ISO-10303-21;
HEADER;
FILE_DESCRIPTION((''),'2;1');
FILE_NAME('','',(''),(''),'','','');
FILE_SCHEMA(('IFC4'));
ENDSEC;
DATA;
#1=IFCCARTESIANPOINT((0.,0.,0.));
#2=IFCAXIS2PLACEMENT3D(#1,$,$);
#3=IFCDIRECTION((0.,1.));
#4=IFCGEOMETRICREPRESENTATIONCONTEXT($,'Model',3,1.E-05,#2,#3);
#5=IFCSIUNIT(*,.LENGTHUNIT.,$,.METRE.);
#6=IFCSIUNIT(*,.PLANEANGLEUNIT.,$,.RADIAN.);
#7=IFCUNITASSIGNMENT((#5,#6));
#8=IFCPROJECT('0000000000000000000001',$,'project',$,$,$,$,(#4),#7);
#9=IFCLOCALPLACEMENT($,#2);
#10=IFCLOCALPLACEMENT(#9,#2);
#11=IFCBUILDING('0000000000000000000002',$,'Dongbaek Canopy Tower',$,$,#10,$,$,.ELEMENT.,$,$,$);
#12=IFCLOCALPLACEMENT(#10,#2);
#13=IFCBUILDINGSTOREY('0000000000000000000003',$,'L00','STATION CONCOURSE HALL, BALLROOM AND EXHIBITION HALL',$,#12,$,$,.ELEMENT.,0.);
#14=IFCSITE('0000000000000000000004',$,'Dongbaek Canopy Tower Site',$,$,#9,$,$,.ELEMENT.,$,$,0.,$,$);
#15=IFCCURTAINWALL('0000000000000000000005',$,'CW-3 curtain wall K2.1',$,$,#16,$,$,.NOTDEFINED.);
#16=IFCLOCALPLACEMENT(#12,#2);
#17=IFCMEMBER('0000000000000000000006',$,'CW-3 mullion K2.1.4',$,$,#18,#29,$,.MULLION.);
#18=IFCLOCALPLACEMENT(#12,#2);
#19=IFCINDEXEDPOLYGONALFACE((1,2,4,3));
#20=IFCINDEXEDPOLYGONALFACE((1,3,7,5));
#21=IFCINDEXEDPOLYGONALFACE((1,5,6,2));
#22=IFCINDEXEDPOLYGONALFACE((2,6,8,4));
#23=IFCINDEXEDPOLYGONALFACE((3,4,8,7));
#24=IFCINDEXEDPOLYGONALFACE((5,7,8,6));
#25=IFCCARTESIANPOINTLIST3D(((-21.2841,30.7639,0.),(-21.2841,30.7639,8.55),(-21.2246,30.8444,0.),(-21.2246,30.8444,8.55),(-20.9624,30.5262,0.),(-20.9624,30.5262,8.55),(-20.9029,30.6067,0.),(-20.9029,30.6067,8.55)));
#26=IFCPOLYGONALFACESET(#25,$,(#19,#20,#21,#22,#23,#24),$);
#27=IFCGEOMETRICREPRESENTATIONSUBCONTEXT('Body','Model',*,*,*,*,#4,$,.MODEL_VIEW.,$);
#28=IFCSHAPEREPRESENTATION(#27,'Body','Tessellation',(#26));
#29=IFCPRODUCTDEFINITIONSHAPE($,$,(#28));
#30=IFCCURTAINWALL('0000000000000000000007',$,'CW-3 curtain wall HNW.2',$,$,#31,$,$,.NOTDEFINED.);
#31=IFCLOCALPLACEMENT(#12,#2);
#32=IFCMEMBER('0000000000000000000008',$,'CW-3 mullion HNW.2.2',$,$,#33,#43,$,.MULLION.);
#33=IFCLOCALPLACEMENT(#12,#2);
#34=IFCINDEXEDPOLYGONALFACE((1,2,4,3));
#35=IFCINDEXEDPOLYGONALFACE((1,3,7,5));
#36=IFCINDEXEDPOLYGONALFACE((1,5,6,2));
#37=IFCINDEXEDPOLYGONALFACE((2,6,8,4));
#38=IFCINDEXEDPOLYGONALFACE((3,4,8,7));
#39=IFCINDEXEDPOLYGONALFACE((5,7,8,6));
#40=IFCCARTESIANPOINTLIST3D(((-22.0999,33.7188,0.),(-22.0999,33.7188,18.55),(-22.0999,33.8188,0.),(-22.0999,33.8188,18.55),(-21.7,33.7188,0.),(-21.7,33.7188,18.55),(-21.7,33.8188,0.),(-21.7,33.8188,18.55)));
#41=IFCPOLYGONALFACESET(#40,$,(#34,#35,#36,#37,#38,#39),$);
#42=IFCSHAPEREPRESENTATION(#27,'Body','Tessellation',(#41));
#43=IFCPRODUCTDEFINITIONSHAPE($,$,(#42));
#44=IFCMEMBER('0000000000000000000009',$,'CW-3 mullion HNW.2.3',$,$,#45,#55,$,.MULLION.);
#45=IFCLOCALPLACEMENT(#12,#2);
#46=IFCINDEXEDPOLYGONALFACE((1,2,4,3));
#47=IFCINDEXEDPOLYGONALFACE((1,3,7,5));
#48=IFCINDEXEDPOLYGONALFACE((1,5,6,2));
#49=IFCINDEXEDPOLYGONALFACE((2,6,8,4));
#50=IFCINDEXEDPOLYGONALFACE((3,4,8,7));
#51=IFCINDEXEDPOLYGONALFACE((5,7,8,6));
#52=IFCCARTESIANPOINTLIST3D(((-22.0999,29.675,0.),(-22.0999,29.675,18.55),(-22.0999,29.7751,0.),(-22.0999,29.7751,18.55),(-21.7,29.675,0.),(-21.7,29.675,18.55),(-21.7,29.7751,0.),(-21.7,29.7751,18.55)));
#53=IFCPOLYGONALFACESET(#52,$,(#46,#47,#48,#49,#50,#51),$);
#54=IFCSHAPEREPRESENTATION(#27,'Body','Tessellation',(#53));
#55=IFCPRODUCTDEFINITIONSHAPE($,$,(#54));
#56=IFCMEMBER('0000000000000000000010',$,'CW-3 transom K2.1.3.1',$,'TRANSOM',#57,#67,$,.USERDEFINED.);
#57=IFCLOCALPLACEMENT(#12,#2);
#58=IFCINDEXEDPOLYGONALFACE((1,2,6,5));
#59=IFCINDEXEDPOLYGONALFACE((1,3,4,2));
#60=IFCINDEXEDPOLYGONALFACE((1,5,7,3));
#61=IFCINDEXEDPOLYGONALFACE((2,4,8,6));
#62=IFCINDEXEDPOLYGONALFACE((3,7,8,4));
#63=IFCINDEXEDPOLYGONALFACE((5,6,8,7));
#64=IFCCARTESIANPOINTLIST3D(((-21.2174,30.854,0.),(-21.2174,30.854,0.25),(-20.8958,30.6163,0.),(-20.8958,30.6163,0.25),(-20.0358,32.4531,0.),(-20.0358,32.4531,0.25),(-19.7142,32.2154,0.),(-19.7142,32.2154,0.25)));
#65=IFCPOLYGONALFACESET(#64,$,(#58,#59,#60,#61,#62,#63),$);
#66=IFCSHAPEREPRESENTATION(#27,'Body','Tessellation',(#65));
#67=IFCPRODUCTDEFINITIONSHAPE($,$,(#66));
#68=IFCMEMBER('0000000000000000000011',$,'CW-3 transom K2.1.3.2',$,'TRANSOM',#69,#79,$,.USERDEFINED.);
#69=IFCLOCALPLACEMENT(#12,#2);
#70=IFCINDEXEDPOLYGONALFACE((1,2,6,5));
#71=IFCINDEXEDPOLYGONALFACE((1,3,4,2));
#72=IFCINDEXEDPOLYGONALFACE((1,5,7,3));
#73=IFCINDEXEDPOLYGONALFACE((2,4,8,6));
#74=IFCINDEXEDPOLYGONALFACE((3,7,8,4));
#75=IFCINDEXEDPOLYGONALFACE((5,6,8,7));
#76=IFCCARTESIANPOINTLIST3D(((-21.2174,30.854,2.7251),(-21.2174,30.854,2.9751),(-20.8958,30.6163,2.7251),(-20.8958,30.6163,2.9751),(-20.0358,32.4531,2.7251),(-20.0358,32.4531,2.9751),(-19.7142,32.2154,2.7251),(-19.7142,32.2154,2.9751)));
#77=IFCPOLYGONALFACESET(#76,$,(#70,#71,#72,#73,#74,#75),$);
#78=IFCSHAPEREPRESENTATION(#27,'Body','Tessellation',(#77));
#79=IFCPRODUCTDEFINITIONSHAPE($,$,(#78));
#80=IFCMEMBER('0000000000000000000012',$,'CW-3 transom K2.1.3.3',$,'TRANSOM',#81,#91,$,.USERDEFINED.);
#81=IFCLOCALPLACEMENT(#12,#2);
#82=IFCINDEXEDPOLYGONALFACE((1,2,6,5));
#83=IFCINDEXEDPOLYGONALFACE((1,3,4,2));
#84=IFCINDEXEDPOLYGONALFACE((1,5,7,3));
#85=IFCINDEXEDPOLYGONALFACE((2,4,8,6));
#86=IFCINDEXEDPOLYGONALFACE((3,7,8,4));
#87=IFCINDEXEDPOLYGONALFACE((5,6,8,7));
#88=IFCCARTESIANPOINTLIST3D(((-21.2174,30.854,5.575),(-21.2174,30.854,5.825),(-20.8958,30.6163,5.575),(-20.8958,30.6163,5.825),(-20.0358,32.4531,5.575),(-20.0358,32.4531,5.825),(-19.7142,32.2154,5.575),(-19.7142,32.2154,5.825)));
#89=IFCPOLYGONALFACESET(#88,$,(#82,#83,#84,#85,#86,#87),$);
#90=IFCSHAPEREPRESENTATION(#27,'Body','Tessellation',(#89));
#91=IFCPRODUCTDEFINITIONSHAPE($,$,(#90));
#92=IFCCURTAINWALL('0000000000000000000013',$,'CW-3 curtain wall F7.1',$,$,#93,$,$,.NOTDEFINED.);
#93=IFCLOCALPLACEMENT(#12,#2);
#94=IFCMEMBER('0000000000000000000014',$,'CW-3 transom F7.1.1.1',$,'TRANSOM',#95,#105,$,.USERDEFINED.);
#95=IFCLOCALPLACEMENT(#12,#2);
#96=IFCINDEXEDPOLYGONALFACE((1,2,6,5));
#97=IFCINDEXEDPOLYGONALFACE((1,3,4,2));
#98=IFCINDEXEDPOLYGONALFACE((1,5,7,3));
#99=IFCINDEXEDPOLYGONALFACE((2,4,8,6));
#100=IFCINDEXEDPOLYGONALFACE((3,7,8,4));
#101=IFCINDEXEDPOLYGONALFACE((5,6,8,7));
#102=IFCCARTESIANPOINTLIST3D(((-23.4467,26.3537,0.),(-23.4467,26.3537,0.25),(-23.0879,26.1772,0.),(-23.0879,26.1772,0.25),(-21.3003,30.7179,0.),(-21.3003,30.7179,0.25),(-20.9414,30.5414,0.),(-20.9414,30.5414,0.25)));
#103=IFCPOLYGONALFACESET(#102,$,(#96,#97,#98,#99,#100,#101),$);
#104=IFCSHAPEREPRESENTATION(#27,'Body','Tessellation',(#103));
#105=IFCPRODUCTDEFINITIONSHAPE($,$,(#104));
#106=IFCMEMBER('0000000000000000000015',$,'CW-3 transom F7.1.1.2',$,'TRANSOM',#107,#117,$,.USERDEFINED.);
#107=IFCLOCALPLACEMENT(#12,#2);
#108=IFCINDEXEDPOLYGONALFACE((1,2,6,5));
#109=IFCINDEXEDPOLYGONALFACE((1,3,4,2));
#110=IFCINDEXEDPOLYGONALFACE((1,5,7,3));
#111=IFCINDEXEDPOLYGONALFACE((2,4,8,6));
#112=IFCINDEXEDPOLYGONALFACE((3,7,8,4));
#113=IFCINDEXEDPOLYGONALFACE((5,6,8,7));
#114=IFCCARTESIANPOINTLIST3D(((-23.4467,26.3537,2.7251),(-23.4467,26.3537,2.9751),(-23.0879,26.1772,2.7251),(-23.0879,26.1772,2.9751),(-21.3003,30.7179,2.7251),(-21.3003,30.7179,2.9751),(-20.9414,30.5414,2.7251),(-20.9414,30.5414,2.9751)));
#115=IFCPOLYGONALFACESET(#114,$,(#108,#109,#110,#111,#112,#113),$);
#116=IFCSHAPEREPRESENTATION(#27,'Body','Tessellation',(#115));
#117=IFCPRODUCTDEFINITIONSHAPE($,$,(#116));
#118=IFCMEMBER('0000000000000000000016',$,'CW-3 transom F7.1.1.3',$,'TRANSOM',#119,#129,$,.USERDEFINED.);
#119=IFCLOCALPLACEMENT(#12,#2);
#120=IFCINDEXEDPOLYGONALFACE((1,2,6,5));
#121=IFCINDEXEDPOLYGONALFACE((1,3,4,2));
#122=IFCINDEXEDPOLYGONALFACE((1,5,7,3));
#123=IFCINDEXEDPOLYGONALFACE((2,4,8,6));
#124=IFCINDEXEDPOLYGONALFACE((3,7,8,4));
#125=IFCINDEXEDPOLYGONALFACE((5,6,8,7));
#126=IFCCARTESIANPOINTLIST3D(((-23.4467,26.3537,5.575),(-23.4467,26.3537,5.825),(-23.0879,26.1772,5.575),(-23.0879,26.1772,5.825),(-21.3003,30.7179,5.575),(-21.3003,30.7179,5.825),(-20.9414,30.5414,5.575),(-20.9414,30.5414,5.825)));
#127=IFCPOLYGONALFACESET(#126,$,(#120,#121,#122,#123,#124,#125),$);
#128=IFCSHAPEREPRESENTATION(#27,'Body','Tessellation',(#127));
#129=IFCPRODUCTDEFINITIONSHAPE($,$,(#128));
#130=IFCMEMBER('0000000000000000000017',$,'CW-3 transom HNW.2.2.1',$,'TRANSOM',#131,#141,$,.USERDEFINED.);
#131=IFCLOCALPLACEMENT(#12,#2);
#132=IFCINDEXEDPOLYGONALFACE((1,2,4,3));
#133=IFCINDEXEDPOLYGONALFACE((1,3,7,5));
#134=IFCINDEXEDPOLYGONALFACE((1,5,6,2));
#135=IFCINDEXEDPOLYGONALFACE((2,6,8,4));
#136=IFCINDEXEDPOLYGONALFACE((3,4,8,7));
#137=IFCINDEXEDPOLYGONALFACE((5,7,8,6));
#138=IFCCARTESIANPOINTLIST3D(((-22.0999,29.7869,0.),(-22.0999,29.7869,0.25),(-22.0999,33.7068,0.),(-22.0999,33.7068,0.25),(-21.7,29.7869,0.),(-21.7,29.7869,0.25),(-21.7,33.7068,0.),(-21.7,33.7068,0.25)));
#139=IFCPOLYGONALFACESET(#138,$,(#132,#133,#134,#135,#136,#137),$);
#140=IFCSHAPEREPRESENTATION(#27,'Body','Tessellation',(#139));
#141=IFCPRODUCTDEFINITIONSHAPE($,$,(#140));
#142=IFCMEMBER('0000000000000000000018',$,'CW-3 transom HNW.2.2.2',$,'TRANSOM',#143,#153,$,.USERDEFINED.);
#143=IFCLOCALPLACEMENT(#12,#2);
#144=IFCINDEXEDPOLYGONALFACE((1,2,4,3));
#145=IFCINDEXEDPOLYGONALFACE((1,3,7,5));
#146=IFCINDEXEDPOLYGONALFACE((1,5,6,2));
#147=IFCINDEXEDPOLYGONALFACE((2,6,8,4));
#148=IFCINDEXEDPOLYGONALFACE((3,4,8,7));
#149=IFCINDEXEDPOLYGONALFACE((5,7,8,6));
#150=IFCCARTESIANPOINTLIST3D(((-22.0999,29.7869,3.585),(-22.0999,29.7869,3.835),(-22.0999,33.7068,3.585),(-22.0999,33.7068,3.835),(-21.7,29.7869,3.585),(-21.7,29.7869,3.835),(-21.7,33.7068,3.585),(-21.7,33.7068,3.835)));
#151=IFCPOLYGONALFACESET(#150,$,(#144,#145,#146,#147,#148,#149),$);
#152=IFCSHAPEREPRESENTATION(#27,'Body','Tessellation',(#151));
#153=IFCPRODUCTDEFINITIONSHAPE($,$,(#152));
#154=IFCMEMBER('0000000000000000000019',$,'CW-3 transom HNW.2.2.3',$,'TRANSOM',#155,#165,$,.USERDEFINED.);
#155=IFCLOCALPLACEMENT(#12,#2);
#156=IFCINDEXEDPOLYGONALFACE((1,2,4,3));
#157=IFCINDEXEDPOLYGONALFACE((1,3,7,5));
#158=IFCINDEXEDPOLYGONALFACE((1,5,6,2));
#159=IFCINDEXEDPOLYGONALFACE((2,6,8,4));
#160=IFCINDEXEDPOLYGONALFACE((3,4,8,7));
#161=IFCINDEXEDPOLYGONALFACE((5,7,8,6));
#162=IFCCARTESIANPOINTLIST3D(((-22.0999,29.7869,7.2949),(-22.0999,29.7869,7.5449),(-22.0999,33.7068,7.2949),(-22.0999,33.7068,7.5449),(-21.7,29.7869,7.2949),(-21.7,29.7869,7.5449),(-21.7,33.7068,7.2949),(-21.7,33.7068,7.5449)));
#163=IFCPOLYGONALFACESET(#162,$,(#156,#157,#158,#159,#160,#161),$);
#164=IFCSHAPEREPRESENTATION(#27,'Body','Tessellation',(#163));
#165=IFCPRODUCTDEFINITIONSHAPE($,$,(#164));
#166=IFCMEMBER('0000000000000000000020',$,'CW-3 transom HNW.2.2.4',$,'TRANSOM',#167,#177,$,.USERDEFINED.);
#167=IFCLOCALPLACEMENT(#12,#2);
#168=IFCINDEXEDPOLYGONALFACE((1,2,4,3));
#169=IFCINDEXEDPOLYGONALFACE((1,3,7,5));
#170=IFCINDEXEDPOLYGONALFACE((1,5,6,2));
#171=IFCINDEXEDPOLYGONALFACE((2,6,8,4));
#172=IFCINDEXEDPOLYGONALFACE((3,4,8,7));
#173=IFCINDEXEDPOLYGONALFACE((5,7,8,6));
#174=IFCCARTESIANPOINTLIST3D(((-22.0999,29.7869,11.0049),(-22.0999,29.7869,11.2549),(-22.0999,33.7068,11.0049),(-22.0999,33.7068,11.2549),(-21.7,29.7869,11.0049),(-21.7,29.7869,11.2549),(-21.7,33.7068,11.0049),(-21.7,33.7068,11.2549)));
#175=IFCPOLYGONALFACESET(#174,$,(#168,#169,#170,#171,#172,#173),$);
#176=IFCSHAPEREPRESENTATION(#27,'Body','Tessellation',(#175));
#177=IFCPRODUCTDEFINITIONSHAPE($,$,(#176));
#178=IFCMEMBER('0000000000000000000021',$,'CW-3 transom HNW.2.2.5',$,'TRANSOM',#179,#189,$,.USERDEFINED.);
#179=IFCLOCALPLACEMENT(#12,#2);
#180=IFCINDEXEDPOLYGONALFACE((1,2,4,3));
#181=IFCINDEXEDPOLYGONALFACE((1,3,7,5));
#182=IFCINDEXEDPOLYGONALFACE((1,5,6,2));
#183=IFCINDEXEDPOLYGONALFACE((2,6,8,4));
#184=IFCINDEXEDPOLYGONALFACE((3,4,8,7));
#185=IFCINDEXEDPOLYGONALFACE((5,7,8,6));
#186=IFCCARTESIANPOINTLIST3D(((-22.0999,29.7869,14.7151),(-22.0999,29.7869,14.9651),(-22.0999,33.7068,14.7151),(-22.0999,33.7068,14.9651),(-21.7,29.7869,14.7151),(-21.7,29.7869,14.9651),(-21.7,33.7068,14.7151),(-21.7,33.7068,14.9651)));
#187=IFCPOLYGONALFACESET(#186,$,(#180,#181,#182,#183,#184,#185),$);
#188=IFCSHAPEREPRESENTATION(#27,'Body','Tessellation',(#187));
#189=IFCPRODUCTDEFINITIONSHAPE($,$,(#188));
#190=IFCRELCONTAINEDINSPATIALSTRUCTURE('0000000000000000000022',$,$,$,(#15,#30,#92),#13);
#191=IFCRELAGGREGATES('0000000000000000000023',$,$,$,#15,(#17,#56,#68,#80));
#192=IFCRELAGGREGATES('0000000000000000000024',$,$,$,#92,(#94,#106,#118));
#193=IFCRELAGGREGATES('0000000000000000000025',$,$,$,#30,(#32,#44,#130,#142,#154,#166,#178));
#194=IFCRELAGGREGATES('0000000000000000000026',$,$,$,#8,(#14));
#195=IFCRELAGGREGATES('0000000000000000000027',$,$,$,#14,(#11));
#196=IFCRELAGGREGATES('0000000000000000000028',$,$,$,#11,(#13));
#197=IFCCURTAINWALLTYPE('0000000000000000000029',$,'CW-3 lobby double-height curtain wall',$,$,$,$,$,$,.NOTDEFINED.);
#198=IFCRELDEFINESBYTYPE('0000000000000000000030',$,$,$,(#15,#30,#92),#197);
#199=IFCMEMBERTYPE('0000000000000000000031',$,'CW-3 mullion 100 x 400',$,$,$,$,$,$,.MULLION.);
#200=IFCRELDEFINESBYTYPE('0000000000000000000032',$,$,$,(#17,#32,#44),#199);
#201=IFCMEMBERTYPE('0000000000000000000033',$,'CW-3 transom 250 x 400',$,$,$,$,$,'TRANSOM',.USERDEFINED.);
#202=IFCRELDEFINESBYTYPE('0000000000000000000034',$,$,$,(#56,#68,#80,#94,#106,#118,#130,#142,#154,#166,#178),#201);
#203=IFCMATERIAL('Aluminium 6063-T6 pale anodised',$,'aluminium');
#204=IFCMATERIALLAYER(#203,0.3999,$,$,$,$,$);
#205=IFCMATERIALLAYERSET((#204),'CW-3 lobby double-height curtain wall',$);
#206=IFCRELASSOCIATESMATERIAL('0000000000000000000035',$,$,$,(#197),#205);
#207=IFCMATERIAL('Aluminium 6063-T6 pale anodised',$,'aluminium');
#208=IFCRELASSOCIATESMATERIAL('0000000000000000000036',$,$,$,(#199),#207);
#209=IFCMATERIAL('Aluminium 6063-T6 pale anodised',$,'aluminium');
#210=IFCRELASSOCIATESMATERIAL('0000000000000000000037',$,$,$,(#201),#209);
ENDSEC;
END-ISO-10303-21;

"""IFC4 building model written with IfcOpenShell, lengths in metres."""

from ifc_helpers import new_model, si_unit, direction, frame, origin, origin_2d, place, context, subcontext, project, spatial, rectangle, extrude, material, layer, layer_set, material_profile, profile_set, type_object, element, aggregate, save


model = new_model("IFC4")

# Units and contexts
model_context = context("Model", 3, precision=1e-05, world=origin(), true_north=direction((0.0, 1.0)))
body_context = subcontext(model_context, "Body", "Model", "MODEL_VIEW")
ifc_project = project(units=[si_unit("LENGTHUNIT", "METRE"), si_unit("PLANEANGLEUNIT", "RADIAN")], contexts=[model_context])

# Site, building, storey
site_placement = place(None, origin())
site = spatial("IfcSite", under=ifc_project, at=site_placement, Name="Dongbaek Canopy Tower Site", CompositionType="ELEMENT", RefElevation=0.0)
building_placement = place(site_placement, origin())
building = spatial("IfcBuilding", under=site, at=building_placement, Name="Dongbaek Canopy Tower", CompositionType="ELEMENT")
storey_placement = place(building_placement, origin())
storey = spatial("IfcBuildingStorey", under=building, at=storey_placement, Name="L00", Description="STATION CONCOURSE HALL, BALLROOM AND EXHIBITION HALL", CompositionType="ELEMENT", Elevation=0.0)

# Curtain wall, member
ifc_material_1 = material(Name="Aluminium 6063-T6 pale anodised", Category="aluminium")
ifc_layer_1 = layer(ifc_material_1, 0.3999)
ifc_layer_set_1 = layer_set([ifc_layer_1], Name="CW-3 lobby double-height curtain wall")
curtain_wall_type = type_object("IfcCurtainWallType", Name="CW-3 lobby double-height curtain wall", PredefinedType="NOTDEFINED", material=ifc_layer_set_1)
curtain_wall_1_placement = place(storey_placement, origin())
curtain_wall_1 = element("IfcCurtainWall", 1, at=curtain_wall_1_placement, inside=storey, type_object=curtain_wall_type, Name="CW-3 curtain wall K2.1", PredefinedType="NOTDEFINED")
ifc_material_2 = material(Name="Aluminium 6063-T6 pale anodised", Category="aluminium")
ifc_material_profile_1 = material_profile(ifc_material_2, rectangle(XDim=0.3999, YDim=0.1001, at=origin_2d()), Name="CW-3 mullion 100 x 400")
ifc_profile_set_1 = profile_set([ifc_material_profile_1], Name="Aluminium 6063-T6 pale anodised")
member_type_1 = type_object("IfcMemberType", Name="CW-3 mullion 100 x 400", PredefinedType="MULLION", material=ifc_profile_set_1)
member_1_placement = place(storey_placement, frame((-21.0935, 30.6853, 0.0), z_axis=(0.0, 0.0, 1.0), x_axis=(-0.804278, 0.594253, 0.0)))
member_1 = element("IfcMember", 2, at=member_1_placement, type_object=member_type_1, Name="CW-3 mullion K2.1.4", PredefinedType="MULLION", context=body_context, shape_type="SweptSolid", body=[
    extrude(rectangle(XDim=0.3999, YDim=0.1001, at=origin_2d()), origin(), (0.0, 0.0, 1.0), 8.55),
])

# Curtain wall, members
curtain_wall_2_placement = place(storey_placement, origin())
curtain_wall_2 = element("IfcCurtainWall", 3, at=curtain_wall_2_placement, inside=storey, type_object=curtain_wall_type, Name="CW-3 curtain wall HNW.2", PredefinedType="NOTDEFINED")
member_2_placement = place(storey_placement, frame((-21.8999, 33.7688, 0.0), z_axis=(0.0, 0.0, 1.0), x_axis=(-1.0, 0.0, 0.0)))
member_2 = element("IfcMember", 4, at=member_2_placement, type_object=member_type_1, Name="CW-3 mullion HNW.2.2", PredefinedType="MULLION", context=body_context, shape_type="SweptSolid", body=[
    extrude(rectangle(XDim=0.3999, YDim=0.1001, at=origin_2d()), origin(), (0.0, 0.0, 1.0), 18.55),
])
member_3_placement = place(storey_placement, frame((-21.8999, 29.7251, 0.0), z_axis=(0.0, 0.0, 1.0), x_axis=(-1.0, 0.0, 0.0)))
member_3 = element("IfcMember", 5, at=member_3_placement, type_object=member_type_1, Name="CW-3 mullion HNW.2.3", PredefinedType="MULLION", context=body_context, shape_type="SweptSolid", body=[
    extrude(rectangle(XDim=0.3999, YDim=0.1001, at=origin_2d()), origin(), (0.0, 0.0, 1.0), 18.55),
])

# Members
ifc_material_3 = material(Name="Aluminium 6063-T6 pale anodised", Category="aluminium")
ifc_material_profile_2 = material_profile(ifc_material_3, rectangle(XDim=0.3999, YDim=0.25, at=origin_2d()), Name="CW-3 transom 250 x 400")
ifc_profile_set_2 = profile_set([ifc_material_profile_2], Name="Aluminium 6063-T6 pale anodised")
member_type_2 = type_object("IfcMemberType", Name="CW-3 transom 250 x 400", ElementType="TRANSOM", PredefinedType="USERDEFINED", material=ifc_profile_set_2)
member_4_placement = place(storey_placement, frame((-19.875, 32.3342, 0.125), z_axis=(-0.594287, -0.804253, 0.0), x_axis=(0.804253, -0.594287, 0.0)))
member_4 = element("IfcMember", 6, at=member_4_placement, type_object=member_type_2, Name="CW-3 transom K2.1.3.1", ObjectType="TRANSOM", PredefinedType="USERDEFINED", context=body_context, shape_type="SweptSolid", body=[
    extrude(rectangle(XDim=0.3999, YDim=0.25, at=origin_2d()), origin(), (0.0, 0.0, 1.0), 1.9883),
])
member_5_placement = place(storey_placement, frame((-19.875, 32.3342, 2.8501), z_axis=(-0.594287, -0.804253, 0.0), x_axis=(0.804253, -0.594287, 0.0)))
member_5 = element("IfcMember", 7, at=member_5_placement, type_object=member_type_2, Name="CW-3 transom K2.1.3.2", ObjectType="TRANSOM", PredefinedType="USERDEFINED", context=body_context, shape_type="SweptSolid", body=[
    extrude(rectangle(XDim=0.3999, YDim=0.25, at=origin_2d()), origin(), (0.0, 0.0, 1.0), 1.9883),
])
member_6_placement = place(storey_placement, frame((-19.875, 32.3342, 5.7), z_axis=(-0.594287, -0.804253, 0.0), x_axis=(0.804253, -0.594287, 0.0)))
member_6 = element("IfcMember", 8, at=member_6_placement, type_object=member_type_2, Name="CW-3 transom K2.1.3.3", ObjectType="TRANSOM", PredefinedType="USERDEFINED", context=body_context, shape_type="SweptSolid", body=[
    extrude(rectangle(XDim=0.3999, YDim=0.25, at=origin_2d()), origin(), (0.0, 0.0, 1.0), 1.9883),
])

# Curtain wall, members
curtain_wall_3_placement = place(storey_placement, origin())
curtain_wall_3 = element("IfcCurtainWall", 9, at=curtain_wall_3_placement, inside=storey, type_object=curtain_wall_type, Name="CW-3 curtain wall F7.1", PredefinedType="NOTDEFINED")
member_7_placement = place(storey_placement, frame((-21.1208, 30.6296, 0.125), z_axis=(-0.441341, -0.89734, 0.0), x_axis=(0.89734, -0.441341, 0.0)))
member_7 = element("IfcMember", 10, at=member_7_placement, type_object=member_type_2, Name="CW-3 transom F7.1.1.1", ObjectType="TRANSOM", PredefinedType="USERDEFINED", context=body_context, shape_type="SweptSolid", body=[
    extrude(rectangle(XDim=0.3999, YDim=0.25, at=origin_2d()), origin(), (0.0, 0.0, 1.0), 4.8635),
])
member_8_placement = place(storey_placement, frame((-21.1208, 30.6296, 2.8501), z_axis=(-0.441341, -0.89734, 0.0), x_axis=(0.89734, -0.441341, 0.0)))
member_8 = element("IfcMember", 11, at=member_8_placement, type_object=member_type_2, Name="CW-3 transom F7.1.1.2", ObjectType="TRANSOM", PredefinedType="USERDEFINED", context=body_context, shape_type="SweptSolid", body=[
    extrude(rectangle(XDim=0.3999, YDim=0.25, at=origin_2d()), origin(), (0.0, 0.0, 1.0), 4.8635),
])
member_9_placement = place(storey_placement, frame((-21.1208, 30.6296, 5.7), z_axis=(-0.441341, -0.89734, 0.0), x_axis=(0.89734, -0.441341, 0.0)))
member_9 = element("IfcMember", 12, at=member_9_placement, type_object=member_type_2, Name="CW-3 transom F7.1.1.3", ObjectType="TRANSOM", PredefinedType="USERDEFINED", context=body_context, shape_type="SweptSolid", body=[
    extrude(rectangle(XDim=0.3999, YDim=0.25, at=origin_2d()), origin(), (0.0, 0.0, 1.0), 4.8635),
])

# Members
member_10_placement = place(storey_placement, frame((-21.8999, 33.7068, 0.125), z_axis=(0.0, -1.0, 0.0), x_axis=(1.0, 0.0, 0.0)))
member_10 = element("IfcMember", 13, at=member_10_placement, type_object=member_type_2, Name="CW-3 transom HNW.2.2.1", ObjectType="TRANSOM", PredefinedType="USERDEFINED", context=body_context, shape_type="SweptSolid", body=[
    extrude(rectangle(XDim=0.3999, YDim=0.25, at=origin_2d()), origin(), (0.0, 0.0, 1.0), 3.9199),
])
member_11_placement = place(storey_placement, frame((-21.8999, 33.7068, 3.71), z_axis=(0.0, -1.0, 0.0), x_axis=(1.0, 0.0, 0.0)))
member_11 = element("IfcMember", 14, at=member_11_placement, type_object=member_type_2, Name="CW-3 transom HNW.2.2.2", ObjectType="TRANSOM", PredefinedType="USERDEFINED", context=body_context, shape_type="SweptSolid", body=[
    extrude(rectangle(XDim=0.3999, YDim=0.25, at=origin_2d()), origin(), (0.0, 0.0, 1.0), 3.9199),
])
member_12_placement = place(storey_placement, frame((-21.8999, 33.7068, 7.4199), z_axis=(0.0, -1.0, 0.0), x_axis=(1.0, 0.0, 0.0)))
member_12 = element("IfcMember", 15, at=member_12_placement, type_object=member_type_2, Name="CW-3 transom HNW.2.2.3", ObjectType="TRANSOM", PredefinedType="USERDEFINED", context=body_context, shape_type="SweptSolid", body=[
    extrude(rectangle(XDim=0.3999, YDim=0.25, at=origin_2d()), origin(), (0.0, 0.0, 1.0), 3.9199),
])
member_13_placement = place(storey_placement, frame((-21.8999, 33.7068, 11.1299), z_axis=(0.0, -1.0, 0.0), x_axis=(1.0, 0.0, 0.0)))
member_13 = element("IfcMember", 16, at=member_13_placement, type_object=member_type_2, Name="CW-3 transom HNW.2.2.4", ObjectType="TRANSOM", PredefinedType="USERDEFINED", context=body_context, shape_type="SweptSolid", body=[
    extrude(rectangle(XDim=0.3999, YDim=0.25, at=origin_2d()), origin(), (0.0, 0.0, 1.0), 3.9199),
])
member_14_placement = place(storey_placement, frame((-21.8999, 33.7068, 14.8401), z_axis=(0.0, -1.0, 0.0), x_axis=(1.0, 0.0, 0.0)))
member_14 = element("IfcMember", 17, at=member_14_placement, type_object=member_type_2, Name="CW-3 transom HNW.2.2.5", ObjectType="TRANSOM", PredefinedType="USERDEFINED", context=body_context, shape_type="SweptSolid", body=[
    extrude(rectangle(XDim=0.3999, YDim=0.25, at=origin_2d()), origin(), (0.0, 0.0, 1.0), 3.9199),
])

aggregate(curtain_wall_1, [member_1, member_4, member_5, member_6])
aggregate(curtain_wall_3, [member_7, member_8, member_9])
aggregate(curtain_wall_2, [member_2, member_3, member_10, member_11, member_12, member_13, member_14])

save(model, "model.ifc")
